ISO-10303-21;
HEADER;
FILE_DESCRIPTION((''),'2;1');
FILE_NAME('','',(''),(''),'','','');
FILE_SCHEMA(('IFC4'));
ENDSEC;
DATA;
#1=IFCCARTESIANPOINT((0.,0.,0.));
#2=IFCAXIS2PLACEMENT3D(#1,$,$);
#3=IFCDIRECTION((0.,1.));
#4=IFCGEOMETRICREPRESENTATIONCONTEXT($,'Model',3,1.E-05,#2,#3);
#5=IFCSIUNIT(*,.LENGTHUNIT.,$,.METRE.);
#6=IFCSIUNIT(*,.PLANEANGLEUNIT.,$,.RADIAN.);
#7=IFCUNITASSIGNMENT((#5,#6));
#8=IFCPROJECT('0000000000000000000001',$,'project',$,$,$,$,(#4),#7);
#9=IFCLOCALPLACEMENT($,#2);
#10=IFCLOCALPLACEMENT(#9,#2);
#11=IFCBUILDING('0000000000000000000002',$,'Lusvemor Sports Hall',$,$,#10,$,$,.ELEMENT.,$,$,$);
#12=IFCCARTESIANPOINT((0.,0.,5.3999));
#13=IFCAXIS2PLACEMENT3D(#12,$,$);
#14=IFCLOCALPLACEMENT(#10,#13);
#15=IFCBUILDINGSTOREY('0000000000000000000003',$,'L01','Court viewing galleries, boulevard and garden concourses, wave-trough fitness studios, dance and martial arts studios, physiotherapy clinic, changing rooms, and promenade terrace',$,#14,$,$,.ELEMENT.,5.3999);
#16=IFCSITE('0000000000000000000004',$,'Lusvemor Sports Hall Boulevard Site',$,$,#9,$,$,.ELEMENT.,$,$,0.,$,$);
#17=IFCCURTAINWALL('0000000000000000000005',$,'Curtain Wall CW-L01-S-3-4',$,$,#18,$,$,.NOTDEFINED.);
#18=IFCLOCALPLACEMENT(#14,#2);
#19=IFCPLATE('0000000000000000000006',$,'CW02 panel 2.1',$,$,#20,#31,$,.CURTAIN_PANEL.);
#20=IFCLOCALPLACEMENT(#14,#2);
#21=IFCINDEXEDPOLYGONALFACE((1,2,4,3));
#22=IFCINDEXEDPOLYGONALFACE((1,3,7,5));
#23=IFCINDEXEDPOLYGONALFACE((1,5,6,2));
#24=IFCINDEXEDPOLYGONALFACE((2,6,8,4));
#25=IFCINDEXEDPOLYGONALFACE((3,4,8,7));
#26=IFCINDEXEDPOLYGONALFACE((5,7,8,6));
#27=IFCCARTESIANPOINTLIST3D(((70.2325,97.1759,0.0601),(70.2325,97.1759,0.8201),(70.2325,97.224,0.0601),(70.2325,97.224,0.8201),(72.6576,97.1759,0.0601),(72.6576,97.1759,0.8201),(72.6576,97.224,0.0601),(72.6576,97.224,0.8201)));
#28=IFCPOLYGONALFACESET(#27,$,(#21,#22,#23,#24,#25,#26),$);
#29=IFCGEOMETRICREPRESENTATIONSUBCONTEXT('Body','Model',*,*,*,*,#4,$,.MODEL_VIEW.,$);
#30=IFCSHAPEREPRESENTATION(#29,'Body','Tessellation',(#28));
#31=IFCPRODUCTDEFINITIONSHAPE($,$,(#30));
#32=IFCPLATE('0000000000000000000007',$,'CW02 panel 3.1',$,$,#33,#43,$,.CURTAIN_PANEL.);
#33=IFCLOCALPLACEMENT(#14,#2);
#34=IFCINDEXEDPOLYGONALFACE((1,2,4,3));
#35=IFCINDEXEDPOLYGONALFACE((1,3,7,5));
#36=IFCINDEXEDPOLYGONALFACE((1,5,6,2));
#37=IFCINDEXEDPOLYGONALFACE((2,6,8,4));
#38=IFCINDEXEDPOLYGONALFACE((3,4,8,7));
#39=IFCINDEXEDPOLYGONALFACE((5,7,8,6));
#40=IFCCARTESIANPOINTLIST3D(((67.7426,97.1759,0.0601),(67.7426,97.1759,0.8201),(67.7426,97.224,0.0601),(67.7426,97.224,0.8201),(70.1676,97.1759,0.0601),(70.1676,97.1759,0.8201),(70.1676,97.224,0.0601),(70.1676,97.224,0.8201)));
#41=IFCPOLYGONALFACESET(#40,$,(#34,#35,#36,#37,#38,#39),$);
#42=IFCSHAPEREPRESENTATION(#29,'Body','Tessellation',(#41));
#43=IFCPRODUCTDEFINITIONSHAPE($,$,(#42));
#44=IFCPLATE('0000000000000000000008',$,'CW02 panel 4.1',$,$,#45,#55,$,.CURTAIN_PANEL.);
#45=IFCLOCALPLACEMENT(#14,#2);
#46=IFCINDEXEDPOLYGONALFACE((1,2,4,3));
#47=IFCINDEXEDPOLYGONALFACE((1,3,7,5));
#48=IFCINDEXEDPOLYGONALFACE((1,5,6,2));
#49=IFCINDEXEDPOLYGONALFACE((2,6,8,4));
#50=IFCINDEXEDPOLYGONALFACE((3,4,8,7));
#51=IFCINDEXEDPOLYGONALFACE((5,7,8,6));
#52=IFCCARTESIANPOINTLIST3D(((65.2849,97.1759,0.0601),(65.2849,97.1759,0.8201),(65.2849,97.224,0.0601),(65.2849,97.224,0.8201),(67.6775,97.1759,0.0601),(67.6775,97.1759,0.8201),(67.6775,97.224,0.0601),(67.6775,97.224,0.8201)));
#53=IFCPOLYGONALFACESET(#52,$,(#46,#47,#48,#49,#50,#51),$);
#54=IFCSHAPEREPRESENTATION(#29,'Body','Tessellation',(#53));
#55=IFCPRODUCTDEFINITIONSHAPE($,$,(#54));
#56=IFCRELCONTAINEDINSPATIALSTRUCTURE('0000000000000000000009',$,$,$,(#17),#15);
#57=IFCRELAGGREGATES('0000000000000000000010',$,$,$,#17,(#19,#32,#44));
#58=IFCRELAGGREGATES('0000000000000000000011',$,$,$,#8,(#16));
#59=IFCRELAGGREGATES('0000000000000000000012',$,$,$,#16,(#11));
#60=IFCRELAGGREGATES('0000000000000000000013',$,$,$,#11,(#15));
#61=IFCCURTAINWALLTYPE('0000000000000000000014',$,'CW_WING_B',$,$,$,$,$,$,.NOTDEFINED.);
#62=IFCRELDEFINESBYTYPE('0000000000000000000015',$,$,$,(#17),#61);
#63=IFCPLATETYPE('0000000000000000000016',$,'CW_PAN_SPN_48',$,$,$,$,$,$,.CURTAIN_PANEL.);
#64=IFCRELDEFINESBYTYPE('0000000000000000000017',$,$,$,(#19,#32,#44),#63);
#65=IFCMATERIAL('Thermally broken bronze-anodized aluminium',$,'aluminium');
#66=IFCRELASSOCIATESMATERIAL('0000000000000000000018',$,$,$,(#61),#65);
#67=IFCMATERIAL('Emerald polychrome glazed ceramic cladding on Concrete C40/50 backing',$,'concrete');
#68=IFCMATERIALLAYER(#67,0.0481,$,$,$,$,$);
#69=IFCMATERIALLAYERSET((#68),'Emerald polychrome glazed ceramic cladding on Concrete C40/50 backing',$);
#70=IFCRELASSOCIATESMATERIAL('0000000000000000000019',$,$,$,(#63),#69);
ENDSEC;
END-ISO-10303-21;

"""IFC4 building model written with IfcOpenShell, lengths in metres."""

from ifc_helpers import new_model, si_unit, direction, frame, origin, origin_2d, place, context, subcontext, project, spatial, rectangle, extrude, material, layer, layer_set, type_object, element, aggregate, save


model = new_model("IFC4")

# Units and contexts
model_context = context("Model", 3, precision=1e-05, world=origin(), true_north=direction((0.0, 1.0)))
body_context = subcontext(model_context, "Body", "Model", "MODEL_VIEW")
ifc_project = project(units=[si_unit("LENGTHUNIT", "METRE"), si_unit("PLANEANGLEUNIT", "RADIAN")], contexts=[model_context])

# Site, building, storey
site_placement = place(None, origin())
site = spatial("IfcSite", under=ifc_project, at=site_placement, Name="Lusvemor Sports Hall Boulevard Site", CompositionType="ELEMENT", RefElevation=0.0)
building_placement = place(site_placement, origin())
building = spatial("IfcBuilding", under=site, at=building_placement, Name="Lusvemor Sports Hall", CompositionType="ELEMENT")
storey_placement = place(building_placement, frame((0.0, 0.0, 5.3999)))
storey = spatial("IfcBuildingStorey", under=building, at=storey_placement, Name="L01", Description="Court viewing galleries, boulevard and garden concourses, wave-trough fitness studios, dance and martial arts studios, physiotherapy clinic, changing rooms, and promenade terrace", CompositionType="ELEMENT", Elevation=5.3999)

# Shared definitions
ifc_material_1 = material(Name="Thermally broken bronze-anodized aluminium", Category="aluminium")
curtain_wall_type = type_object("IfcCurtainWallType", Name="CW_WING_B", PredefinedType="NOTDEFINED", material=ifc_material_1)

# Curtain wall
curtain_wall_1_placement = place(storey_placement, origin())
curtain_wall_1 = element("IfcCurtainWall", 1, at=curtain_wall_1_placement, inside=storey, type_object=curtain_wall_type, Name="Curtain Wall CW-L01-S-3-4", PredefinedType="NOTDEFINED")

# Plates
ifc_material_2 = material(Name="Emerald polychrome glazed ceramic cladding on Concrete C40/50 backing", Category="concrete")
ifc_layer_1 = layer(ifc_material_2, 0.0481)
ifc_layer_set_1 = layer_set([ifc_layer_1], Name="Emerald polychrome glazed ceramic cladding on Concrete C40/50 backing")
plate_type_1 = type_object("IfcPlateType", Name="CW_PAN_SPN_48", PredefinedType="CURTAIN_PANEL", material=ifc_layer_set_1)
plate_1_placement = place(storey_placement, frame((71.4451, 97.2, 0.0601), z_axis=(0.0, 0.0, 1.0), x_axis=(-1.0, 0.0, 0.0)))
plate_1 = element("IfcPlate", 2, at=plate_1_placement, type_object=plate_type_1, Name="CW02 panel 2.1", PredefinedType="CURTAIN_PANEL", context=body_context, shape_type="SweptSolid", body=[
    extrude(rectangle(XDim=2.425, YDim=0.0481, at=origin_2d()), origin(), (0.0, 0.0, 1.0), 0.76),
])
plate_2_placement = place(storey_placement, frame((68.9551, 97.2, 0.0601), z_axis=(0.0, 0.0, 1.0), x_axis=(-1.0, 0.0, 0.0)))
plate_2 = element("IfcPlate", 3, at=plate_2_placement, type_object=plate_type_1, Name="CW02 panel 3.1", PredefinedType="CURTAIN_PANEL", context=body_context, shape_type="SweptSolid", body=[
    extrude(rectangle(XDim=2.425, YDim=0.0481, at=origin_2d()), origin(), (0.0, 0.0, 1.0), 0.76),
])
plate_3_placement = place(storey_placement, frame((66.4812, 97.2, 0.0601), z_axis=(0.0, 0.0, 1.0), x_axis=(-1.0, 0.0, 0.0)))
plate_3 = element("IfcPlate", 4, at=plate_3_placement, type_object=plate_type_1, Name="CW02 panel 4.1", PredefinedType="CURTAIN_PANEL", context=body_context, shape_type="SweptSolid", body=[
    extrude(rectangle(XDim=2.3926, YDim=0.0481, at=origin_2d()), origin(), (0.0, 0.0, 1.0), 0.76),
])
aggregate(curtain_wall_1, [plate_1, plate_2, plate_3])

save(model, "model.ifc")
